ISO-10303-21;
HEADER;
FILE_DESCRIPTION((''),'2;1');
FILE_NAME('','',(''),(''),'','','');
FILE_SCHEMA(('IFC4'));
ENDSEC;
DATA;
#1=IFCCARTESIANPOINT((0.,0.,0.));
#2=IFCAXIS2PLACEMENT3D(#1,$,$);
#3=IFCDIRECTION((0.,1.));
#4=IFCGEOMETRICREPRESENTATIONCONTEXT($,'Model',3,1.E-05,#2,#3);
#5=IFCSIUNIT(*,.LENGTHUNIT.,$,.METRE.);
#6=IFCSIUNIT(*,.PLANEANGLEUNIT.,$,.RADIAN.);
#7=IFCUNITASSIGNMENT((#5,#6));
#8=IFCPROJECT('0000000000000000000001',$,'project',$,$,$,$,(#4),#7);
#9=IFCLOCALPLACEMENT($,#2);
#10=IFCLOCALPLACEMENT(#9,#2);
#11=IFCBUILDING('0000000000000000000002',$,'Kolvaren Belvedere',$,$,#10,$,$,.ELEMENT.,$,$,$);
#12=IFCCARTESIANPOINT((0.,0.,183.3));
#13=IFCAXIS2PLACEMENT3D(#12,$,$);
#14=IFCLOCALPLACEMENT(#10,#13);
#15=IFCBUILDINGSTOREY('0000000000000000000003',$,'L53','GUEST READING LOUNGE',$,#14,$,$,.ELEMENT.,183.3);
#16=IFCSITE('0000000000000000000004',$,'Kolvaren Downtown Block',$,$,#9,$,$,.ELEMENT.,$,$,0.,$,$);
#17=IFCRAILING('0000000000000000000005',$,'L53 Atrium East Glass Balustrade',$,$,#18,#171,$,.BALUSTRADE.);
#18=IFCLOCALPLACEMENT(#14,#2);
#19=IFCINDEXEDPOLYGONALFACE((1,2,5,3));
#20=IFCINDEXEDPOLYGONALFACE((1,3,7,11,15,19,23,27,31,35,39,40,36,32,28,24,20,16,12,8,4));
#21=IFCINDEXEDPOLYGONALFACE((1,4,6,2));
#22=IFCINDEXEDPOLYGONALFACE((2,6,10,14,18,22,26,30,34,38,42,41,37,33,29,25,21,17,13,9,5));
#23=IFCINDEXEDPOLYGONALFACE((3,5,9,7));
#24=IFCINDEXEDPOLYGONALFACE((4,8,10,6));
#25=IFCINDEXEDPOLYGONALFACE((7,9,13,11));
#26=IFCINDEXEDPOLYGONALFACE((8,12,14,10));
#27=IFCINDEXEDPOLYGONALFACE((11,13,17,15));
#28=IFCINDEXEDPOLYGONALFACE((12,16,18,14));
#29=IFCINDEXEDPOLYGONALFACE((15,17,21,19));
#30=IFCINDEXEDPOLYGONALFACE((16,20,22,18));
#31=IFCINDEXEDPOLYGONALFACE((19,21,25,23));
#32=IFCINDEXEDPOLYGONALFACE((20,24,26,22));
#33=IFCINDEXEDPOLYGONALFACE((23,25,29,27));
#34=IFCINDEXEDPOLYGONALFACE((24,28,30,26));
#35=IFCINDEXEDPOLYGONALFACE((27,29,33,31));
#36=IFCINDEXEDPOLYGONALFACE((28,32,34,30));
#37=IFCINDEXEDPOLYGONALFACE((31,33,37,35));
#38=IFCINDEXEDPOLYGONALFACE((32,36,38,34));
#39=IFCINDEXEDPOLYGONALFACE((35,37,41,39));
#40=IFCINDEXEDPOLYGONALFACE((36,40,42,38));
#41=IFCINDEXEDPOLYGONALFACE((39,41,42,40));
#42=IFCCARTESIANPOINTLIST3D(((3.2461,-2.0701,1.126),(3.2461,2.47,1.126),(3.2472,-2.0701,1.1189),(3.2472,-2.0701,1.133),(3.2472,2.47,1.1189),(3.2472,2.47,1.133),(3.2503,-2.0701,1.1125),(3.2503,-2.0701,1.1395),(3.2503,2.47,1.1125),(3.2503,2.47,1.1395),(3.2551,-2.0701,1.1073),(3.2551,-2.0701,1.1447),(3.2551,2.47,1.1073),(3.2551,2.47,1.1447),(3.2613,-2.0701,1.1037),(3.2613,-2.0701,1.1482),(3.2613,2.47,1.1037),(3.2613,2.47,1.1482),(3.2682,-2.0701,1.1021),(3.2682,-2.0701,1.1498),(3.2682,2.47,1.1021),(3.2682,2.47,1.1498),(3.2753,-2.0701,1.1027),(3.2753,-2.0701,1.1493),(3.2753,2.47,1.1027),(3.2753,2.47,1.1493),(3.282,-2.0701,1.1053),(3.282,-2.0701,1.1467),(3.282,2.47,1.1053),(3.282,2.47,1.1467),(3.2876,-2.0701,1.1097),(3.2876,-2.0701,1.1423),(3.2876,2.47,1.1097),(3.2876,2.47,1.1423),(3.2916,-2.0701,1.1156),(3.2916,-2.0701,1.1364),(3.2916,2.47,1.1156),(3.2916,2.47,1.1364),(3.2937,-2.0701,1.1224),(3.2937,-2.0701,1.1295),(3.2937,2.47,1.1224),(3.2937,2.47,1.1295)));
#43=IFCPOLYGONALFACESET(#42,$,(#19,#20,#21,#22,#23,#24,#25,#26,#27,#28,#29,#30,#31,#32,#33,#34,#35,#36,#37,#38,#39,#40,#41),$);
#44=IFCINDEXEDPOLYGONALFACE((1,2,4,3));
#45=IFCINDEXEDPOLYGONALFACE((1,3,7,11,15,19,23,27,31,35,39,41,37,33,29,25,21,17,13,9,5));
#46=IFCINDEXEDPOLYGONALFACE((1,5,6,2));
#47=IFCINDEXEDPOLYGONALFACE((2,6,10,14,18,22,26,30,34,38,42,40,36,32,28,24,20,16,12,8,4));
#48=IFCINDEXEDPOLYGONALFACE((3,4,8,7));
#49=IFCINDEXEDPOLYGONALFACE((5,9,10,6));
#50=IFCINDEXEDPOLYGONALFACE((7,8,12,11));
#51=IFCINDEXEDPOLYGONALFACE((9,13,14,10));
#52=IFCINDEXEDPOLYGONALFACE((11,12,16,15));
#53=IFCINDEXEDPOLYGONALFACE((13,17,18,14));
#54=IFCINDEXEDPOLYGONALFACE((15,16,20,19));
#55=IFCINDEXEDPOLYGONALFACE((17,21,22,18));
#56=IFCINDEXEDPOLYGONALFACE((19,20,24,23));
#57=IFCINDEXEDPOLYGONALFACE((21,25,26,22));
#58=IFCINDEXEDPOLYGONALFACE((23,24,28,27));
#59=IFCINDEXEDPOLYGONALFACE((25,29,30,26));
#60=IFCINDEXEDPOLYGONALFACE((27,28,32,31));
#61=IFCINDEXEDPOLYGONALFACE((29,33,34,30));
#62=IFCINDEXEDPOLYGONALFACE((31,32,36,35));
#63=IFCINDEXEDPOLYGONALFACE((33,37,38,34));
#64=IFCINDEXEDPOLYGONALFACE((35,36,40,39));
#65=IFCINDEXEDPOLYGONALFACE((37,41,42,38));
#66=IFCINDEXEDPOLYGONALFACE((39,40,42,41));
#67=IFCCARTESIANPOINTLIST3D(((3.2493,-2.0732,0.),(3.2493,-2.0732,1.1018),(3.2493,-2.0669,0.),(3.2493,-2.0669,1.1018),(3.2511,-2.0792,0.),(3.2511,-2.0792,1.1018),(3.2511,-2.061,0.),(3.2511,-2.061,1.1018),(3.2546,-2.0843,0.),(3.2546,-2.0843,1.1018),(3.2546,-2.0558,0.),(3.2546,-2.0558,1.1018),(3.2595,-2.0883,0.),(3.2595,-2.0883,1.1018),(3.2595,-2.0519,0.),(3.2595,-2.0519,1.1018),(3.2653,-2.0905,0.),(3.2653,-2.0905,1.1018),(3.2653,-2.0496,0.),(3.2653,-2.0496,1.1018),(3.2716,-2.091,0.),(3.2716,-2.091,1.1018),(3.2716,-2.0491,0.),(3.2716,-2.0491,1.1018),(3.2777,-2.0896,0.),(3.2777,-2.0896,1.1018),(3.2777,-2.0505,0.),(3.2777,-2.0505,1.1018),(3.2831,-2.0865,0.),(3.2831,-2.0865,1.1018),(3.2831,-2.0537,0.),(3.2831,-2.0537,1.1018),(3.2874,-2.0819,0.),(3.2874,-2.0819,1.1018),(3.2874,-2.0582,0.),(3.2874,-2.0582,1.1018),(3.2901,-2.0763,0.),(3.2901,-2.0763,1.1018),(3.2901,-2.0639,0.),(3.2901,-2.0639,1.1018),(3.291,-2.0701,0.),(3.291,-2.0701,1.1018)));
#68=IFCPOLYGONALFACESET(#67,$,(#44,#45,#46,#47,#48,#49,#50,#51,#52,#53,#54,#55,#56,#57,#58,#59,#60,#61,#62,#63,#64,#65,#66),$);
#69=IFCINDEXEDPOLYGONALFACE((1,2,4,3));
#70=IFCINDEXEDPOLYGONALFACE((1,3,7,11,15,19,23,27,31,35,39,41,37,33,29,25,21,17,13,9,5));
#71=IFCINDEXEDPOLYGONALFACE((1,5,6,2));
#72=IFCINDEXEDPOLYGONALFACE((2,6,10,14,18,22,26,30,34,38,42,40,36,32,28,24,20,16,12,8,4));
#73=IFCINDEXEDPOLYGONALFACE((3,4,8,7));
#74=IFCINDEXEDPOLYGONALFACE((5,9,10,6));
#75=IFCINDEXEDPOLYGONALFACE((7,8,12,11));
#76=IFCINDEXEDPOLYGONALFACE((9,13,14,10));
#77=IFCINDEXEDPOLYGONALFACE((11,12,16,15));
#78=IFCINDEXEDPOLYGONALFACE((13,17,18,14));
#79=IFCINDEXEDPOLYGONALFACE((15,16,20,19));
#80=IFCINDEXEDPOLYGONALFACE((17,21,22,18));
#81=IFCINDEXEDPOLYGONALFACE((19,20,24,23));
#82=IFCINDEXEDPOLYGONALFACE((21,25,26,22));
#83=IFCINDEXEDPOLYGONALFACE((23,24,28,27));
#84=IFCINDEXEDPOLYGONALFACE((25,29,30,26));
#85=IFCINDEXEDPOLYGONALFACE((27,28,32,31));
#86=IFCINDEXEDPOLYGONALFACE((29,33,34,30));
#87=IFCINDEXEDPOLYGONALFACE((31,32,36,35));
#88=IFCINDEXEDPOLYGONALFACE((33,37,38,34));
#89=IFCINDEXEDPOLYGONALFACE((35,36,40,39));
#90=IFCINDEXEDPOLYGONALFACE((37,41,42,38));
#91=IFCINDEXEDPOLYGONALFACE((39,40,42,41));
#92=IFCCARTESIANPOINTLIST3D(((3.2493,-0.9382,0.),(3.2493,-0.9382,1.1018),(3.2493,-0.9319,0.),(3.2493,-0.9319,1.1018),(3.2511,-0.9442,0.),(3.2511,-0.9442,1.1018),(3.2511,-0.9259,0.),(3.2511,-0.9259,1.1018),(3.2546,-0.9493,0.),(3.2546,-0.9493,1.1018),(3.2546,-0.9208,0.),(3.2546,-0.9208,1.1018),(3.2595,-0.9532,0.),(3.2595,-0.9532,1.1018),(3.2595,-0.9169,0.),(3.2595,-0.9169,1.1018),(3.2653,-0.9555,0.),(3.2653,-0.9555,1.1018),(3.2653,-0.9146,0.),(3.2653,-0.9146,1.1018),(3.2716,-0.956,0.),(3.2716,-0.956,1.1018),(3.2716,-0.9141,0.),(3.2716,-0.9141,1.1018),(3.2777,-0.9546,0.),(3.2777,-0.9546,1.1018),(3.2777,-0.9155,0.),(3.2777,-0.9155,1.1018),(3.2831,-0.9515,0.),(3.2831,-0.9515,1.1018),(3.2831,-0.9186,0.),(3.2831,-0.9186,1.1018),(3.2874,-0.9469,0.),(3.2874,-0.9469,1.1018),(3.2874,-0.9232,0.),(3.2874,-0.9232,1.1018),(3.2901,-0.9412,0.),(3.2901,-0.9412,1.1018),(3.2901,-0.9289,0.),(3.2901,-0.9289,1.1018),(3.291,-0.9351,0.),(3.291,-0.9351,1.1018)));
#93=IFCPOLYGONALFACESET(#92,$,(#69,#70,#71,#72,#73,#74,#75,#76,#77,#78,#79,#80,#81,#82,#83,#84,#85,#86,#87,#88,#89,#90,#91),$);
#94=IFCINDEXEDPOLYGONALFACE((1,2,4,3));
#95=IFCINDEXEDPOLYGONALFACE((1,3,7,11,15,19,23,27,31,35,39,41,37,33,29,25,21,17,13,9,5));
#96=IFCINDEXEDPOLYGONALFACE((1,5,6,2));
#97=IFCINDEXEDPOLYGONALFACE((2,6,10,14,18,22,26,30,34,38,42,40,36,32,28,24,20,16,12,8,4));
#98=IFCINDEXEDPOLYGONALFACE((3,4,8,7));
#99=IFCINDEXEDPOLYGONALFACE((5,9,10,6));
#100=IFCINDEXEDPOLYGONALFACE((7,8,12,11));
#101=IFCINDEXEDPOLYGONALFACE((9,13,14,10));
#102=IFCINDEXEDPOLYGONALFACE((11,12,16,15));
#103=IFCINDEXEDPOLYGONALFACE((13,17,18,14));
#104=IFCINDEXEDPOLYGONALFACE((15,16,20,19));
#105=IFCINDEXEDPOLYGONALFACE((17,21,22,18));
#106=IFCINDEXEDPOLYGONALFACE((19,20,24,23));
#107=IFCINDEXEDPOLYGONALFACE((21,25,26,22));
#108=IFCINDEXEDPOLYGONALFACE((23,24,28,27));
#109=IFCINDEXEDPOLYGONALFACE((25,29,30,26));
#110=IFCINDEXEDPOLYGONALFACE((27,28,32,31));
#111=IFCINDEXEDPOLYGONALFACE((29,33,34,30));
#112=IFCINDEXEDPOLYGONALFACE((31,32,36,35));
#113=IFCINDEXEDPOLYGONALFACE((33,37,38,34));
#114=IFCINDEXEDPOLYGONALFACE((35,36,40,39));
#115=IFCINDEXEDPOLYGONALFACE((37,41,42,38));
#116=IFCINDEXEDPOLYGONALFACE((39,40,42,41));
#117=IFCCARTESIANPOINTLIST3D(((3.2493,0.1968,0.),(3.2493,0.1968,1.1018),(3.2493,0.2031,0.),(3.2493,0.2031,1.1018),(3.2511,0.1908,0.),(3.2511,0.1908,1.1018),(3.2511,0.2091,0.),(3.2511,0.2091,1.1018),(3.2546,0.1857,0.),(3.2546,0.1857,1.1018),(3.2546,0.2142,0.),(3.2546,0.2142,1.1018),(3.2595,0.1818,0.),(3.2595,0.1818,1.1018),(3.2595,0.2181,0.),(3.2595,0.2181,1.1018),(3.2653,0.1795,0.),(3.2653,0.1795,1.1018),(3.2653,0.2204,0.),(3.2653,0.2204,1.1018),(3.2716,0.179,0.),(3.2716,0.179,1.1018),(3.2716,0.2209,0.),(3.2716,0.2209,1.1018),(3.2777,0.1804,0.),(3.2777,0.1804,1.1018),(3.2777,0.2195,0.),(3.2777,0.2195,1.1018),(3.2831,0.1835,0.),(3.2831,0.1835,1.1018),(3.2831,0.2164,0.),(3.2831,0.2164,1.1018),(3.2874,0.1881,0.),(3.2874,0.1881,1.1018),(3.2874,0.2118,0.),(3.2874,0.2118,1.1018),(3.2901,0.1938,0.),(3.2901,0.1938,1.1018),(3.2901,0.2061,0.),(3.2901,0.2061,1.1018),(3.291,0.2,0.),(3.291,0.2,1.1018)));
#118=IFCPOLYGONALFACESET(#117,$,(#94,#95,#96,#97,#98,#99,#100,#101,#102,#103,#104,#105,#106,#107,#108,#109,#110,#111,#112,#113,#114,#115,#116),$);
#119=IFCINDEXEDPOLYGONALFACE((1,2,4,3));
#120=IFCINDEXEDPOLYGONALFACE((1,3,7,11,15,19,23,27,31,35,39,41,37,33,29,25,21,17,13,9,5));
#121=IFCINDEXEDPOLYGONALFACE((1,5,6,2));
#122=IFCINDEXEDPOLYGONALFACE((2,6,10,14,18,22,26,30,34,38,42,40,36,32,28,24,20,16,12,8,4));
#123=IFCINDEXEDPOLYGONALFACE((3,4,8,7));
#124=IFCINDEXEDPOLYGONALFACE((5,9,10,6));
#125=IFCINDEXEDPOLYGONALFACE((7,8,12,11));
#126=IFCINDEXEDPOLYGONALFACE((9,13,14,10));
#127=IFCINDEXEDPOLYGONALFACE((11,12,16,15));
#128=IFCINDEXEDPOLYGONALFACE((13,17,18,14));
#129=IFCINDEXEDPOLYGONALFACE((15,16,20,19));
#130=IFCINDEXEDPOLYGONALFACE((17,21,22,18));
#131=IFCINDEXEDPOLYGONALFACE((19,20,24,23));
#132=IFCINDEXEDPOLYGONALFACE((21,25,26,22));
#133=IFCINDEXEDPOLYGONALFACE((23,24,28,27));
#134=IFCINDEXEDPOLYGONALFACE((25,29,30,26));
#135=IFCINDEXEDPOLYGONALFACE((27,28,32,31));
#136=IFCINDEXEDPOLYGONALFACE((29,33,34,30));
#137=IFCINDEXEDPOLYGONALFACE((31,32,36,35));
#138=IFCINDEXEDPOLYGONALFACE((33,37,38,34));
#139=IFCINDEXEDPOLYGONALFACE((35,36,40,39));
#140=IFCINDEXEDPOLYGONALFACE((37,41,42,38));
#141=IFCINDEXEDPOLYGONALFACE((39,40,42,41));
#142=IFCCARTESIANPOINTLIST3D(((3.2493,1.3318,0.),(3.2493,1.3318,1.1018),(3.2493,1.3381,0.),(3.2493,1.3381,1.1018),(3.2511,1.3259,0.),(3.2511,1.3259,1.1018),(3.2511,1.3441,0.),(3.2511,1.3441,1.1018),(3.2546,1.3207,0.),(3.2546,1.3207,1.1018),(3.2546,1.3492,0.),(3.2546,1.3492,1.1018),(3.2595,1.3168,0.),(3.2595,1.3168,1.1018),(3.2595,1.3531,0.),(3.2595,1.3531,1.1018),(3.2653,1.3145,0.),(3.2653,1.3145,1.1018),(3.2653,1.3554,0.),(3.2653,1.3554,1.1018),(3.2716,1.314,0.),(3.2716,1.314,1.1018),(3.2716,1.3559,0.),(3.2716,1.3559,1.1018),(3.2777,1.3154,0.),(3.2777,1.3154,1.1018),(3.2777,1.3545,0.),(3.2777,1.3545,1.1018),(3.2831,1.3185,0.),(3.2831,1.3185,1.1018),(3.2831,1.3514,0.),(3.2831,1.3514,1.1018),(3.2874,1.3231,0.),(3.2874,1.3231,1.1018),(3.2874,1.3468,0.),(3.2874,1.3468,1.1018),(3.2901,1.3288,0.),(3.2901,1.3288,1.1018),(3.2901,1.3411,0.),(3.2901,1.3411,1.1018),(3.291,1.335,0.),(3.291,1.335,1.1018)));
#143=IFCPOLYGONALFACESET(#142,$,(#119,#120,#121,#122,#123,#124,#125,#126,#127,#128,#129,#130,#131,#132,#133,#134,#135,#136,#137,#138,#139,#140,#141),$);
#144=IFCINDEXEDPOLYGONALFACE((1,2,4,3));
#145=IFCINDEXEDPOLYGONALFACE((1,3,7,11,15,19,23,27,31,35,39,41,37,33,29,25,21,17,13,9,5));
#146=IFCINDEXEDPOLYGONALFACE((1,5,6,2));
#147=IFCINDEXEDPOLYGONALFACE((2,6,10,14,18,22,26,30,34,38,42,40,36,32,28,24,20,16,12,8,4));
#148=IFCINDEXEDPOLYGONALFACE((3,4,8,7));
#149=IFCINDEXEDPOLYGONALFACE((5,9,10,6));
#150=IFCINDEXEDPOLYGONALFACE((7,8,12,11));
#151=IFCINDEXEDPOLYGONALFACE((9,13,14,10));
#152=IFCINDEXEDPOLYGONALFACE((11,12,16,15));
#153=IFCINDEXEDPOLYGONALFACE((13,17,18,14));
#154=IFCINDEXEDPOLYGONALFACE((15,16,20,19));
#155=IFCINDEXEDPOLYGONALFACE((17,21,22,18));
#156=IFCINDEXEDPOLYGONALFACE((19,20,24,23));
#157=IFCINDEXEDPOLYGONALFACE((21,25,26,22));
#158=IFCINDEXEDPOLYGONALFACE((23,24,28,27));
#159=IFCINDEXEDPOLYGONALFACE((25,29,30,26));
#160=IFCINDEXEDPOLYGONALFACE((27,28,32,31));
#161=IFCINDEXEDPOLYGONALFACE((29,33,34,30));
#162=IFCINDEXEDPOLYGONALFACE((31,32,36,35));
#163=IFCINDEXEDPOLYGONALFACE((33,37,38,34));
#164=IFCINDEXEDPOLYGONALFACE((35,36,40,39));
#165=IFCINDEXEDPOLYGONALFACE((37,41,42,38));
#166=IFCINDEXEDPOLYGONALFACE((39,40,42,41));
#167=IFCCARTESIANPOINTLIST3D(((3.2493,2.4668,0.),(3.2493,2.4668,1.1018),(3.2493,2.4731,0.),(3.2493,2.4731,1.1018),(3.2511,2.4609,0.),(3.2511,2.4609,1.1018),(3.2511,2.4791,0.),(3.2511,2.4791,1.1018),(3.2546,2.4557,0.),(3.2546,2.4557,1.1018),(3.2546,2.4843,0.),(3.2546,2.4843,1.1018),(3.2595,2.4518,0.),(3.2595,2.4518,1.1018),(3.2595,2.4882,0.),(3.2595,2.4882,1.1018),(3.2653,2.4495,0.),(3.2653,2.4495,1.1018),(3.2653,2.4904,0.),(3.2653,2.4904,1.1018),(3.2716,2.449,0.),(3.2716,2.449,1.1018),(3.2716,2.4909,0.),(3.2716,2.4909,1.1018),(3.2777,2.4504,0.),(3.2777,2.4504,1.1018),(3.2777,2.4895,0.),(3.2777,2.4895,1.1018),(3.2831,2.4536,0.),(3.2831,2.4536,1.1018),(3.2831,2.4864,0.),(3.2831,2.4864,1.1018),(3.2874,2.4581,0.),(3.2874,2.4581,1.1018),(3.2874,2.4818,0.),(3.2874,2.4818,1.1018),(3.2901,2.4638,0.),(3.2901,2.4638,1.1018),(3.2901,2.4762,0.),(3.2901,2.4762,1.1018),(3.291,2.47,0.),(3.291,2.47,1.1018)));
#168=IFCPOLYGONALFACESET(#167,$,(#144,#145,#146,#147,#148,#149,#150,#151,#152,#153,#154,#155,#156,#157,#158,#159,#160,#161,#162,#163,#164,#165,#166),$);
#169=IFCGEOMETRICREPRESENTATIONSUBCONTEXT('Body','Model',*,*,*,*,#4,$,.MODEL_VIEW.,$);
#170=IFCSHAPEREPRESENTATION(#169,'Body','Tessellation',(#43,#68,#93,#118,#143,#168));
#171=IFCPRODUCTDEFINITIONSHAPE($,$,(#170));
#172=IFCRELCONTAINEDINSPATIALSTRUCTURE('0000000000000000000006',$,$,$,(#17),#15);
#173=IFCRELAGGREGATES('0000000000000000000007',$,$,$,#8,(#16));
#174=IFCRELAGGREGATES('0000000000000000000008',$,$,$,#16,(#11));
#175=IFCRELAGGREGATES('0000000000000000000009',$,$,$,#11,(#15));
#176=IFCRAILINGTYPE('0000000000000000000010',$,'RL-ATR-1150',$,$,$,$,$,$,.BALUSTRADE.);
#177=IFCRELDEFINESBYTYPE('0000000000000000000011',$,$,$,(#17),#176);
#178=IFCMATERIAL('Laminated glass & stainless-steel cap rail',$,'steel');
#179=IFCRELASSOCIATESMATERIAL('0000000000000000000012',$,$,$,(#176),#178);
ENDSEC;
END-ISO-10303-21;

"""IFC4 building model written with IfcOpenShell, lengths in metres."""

from ifc_helpers import new_model, si_unit, direction, frame, origin, origin_2d, place, context, subcontext, project, spatial, circle, extrude, material, type_object, element, save


model = new_model("IFC4")

# Units and contexts
model_context = context("Model", 3, precision=1e-05, world=origin(), true_north=direction((0.0, 1.0)))
body_context = subcontext(model_context, "Body", "Model", "MODEL_VIEW")
ifc_project = project(units=[si_unit("LENGTHUNIT", "METRE"), si_unit("PLANEANGLEUNIT", "RADIAN")], contexts=[model_context])

# Site, building, storey
site_placement = place(None, origin())
site = spatial("IfcSite", under=ifc_project, at=site_placement, Name="Kolvaren Downtown Block", CompositionType="ELEMENT", RefElevation=0.0)
building_placement = place(site_placement, origin())
building = spatial("IfcBuilding", under=site, at=building_placement, Name="Kolvaren Belvedere", CompositionType="ELEMENT")
storey_placement = place(building_placement, frame((0.0, 0.0, 183.3)))
storey = spatial("IfcBuildingStorey", under=building, at=storey_placement, Name="L53", Description="GUEST READING LOUNGE", CompositionType="ELEMENT", Elevation=183.3)

# Railing
ifc_material_1 = material(Name="Laminated glass & stainless-steel cap rail", Category="steel")
railing_type_1 = type_object("IfcRailingType", Name="RL-ATR-1150", PredefinedType="BALUSTRADE", material=ifc_material_1)
railing_1_placement = place(storey_placement, frame((3.27, -2.0701, 0.0)))
element("IfcRailing", 1, at=railing_1_placement, inside=storey, type_object=railing_type_1, Name="L53 Atrium East Glass Balustrade", PredefinedType="BALUSTRADE", context=body_context, shape_type="SweptSolid", body=[
    extrude(circle(Radius=0.0239, at=origin_2d()), frame((0.0, 0.0, 1.126), z_axis=(0.0, 1.0, 0.0), x_axis=(-1.0, 0.0, 0.0)), (0.0, 0.0, 1.0), 4.54),
    extrude(circle(Radius=0.021, at=origin_2d()), origin(), (0.0, 0.0, 1.0), 1.1018),
    extrude(circle(Radius=0.021, at=origin_2d()), frame((0.0, 1.135, 0.0)), (0.0, 0.0, 1.0), 1.1018),
    extrude(circle(Radius=0.021, at=origin_2d()), frame((0.0, 2.27, 0.0)), (0.0, 0.0, 1.0), 1.1018),
    extrude(circle(Radius=0.021, at=origin_2d()), frame((0.0, 3.405, 0.0)), (0.0, 0.0, 1.0), 1.1018),
    extrude(circle(Radius=0.021, at=origin_2d()), frame((0.0, 4.54, 0.0)), (0.0, 0.0, 1.0), 1.1018),
])

save(model, "model.ifc")
